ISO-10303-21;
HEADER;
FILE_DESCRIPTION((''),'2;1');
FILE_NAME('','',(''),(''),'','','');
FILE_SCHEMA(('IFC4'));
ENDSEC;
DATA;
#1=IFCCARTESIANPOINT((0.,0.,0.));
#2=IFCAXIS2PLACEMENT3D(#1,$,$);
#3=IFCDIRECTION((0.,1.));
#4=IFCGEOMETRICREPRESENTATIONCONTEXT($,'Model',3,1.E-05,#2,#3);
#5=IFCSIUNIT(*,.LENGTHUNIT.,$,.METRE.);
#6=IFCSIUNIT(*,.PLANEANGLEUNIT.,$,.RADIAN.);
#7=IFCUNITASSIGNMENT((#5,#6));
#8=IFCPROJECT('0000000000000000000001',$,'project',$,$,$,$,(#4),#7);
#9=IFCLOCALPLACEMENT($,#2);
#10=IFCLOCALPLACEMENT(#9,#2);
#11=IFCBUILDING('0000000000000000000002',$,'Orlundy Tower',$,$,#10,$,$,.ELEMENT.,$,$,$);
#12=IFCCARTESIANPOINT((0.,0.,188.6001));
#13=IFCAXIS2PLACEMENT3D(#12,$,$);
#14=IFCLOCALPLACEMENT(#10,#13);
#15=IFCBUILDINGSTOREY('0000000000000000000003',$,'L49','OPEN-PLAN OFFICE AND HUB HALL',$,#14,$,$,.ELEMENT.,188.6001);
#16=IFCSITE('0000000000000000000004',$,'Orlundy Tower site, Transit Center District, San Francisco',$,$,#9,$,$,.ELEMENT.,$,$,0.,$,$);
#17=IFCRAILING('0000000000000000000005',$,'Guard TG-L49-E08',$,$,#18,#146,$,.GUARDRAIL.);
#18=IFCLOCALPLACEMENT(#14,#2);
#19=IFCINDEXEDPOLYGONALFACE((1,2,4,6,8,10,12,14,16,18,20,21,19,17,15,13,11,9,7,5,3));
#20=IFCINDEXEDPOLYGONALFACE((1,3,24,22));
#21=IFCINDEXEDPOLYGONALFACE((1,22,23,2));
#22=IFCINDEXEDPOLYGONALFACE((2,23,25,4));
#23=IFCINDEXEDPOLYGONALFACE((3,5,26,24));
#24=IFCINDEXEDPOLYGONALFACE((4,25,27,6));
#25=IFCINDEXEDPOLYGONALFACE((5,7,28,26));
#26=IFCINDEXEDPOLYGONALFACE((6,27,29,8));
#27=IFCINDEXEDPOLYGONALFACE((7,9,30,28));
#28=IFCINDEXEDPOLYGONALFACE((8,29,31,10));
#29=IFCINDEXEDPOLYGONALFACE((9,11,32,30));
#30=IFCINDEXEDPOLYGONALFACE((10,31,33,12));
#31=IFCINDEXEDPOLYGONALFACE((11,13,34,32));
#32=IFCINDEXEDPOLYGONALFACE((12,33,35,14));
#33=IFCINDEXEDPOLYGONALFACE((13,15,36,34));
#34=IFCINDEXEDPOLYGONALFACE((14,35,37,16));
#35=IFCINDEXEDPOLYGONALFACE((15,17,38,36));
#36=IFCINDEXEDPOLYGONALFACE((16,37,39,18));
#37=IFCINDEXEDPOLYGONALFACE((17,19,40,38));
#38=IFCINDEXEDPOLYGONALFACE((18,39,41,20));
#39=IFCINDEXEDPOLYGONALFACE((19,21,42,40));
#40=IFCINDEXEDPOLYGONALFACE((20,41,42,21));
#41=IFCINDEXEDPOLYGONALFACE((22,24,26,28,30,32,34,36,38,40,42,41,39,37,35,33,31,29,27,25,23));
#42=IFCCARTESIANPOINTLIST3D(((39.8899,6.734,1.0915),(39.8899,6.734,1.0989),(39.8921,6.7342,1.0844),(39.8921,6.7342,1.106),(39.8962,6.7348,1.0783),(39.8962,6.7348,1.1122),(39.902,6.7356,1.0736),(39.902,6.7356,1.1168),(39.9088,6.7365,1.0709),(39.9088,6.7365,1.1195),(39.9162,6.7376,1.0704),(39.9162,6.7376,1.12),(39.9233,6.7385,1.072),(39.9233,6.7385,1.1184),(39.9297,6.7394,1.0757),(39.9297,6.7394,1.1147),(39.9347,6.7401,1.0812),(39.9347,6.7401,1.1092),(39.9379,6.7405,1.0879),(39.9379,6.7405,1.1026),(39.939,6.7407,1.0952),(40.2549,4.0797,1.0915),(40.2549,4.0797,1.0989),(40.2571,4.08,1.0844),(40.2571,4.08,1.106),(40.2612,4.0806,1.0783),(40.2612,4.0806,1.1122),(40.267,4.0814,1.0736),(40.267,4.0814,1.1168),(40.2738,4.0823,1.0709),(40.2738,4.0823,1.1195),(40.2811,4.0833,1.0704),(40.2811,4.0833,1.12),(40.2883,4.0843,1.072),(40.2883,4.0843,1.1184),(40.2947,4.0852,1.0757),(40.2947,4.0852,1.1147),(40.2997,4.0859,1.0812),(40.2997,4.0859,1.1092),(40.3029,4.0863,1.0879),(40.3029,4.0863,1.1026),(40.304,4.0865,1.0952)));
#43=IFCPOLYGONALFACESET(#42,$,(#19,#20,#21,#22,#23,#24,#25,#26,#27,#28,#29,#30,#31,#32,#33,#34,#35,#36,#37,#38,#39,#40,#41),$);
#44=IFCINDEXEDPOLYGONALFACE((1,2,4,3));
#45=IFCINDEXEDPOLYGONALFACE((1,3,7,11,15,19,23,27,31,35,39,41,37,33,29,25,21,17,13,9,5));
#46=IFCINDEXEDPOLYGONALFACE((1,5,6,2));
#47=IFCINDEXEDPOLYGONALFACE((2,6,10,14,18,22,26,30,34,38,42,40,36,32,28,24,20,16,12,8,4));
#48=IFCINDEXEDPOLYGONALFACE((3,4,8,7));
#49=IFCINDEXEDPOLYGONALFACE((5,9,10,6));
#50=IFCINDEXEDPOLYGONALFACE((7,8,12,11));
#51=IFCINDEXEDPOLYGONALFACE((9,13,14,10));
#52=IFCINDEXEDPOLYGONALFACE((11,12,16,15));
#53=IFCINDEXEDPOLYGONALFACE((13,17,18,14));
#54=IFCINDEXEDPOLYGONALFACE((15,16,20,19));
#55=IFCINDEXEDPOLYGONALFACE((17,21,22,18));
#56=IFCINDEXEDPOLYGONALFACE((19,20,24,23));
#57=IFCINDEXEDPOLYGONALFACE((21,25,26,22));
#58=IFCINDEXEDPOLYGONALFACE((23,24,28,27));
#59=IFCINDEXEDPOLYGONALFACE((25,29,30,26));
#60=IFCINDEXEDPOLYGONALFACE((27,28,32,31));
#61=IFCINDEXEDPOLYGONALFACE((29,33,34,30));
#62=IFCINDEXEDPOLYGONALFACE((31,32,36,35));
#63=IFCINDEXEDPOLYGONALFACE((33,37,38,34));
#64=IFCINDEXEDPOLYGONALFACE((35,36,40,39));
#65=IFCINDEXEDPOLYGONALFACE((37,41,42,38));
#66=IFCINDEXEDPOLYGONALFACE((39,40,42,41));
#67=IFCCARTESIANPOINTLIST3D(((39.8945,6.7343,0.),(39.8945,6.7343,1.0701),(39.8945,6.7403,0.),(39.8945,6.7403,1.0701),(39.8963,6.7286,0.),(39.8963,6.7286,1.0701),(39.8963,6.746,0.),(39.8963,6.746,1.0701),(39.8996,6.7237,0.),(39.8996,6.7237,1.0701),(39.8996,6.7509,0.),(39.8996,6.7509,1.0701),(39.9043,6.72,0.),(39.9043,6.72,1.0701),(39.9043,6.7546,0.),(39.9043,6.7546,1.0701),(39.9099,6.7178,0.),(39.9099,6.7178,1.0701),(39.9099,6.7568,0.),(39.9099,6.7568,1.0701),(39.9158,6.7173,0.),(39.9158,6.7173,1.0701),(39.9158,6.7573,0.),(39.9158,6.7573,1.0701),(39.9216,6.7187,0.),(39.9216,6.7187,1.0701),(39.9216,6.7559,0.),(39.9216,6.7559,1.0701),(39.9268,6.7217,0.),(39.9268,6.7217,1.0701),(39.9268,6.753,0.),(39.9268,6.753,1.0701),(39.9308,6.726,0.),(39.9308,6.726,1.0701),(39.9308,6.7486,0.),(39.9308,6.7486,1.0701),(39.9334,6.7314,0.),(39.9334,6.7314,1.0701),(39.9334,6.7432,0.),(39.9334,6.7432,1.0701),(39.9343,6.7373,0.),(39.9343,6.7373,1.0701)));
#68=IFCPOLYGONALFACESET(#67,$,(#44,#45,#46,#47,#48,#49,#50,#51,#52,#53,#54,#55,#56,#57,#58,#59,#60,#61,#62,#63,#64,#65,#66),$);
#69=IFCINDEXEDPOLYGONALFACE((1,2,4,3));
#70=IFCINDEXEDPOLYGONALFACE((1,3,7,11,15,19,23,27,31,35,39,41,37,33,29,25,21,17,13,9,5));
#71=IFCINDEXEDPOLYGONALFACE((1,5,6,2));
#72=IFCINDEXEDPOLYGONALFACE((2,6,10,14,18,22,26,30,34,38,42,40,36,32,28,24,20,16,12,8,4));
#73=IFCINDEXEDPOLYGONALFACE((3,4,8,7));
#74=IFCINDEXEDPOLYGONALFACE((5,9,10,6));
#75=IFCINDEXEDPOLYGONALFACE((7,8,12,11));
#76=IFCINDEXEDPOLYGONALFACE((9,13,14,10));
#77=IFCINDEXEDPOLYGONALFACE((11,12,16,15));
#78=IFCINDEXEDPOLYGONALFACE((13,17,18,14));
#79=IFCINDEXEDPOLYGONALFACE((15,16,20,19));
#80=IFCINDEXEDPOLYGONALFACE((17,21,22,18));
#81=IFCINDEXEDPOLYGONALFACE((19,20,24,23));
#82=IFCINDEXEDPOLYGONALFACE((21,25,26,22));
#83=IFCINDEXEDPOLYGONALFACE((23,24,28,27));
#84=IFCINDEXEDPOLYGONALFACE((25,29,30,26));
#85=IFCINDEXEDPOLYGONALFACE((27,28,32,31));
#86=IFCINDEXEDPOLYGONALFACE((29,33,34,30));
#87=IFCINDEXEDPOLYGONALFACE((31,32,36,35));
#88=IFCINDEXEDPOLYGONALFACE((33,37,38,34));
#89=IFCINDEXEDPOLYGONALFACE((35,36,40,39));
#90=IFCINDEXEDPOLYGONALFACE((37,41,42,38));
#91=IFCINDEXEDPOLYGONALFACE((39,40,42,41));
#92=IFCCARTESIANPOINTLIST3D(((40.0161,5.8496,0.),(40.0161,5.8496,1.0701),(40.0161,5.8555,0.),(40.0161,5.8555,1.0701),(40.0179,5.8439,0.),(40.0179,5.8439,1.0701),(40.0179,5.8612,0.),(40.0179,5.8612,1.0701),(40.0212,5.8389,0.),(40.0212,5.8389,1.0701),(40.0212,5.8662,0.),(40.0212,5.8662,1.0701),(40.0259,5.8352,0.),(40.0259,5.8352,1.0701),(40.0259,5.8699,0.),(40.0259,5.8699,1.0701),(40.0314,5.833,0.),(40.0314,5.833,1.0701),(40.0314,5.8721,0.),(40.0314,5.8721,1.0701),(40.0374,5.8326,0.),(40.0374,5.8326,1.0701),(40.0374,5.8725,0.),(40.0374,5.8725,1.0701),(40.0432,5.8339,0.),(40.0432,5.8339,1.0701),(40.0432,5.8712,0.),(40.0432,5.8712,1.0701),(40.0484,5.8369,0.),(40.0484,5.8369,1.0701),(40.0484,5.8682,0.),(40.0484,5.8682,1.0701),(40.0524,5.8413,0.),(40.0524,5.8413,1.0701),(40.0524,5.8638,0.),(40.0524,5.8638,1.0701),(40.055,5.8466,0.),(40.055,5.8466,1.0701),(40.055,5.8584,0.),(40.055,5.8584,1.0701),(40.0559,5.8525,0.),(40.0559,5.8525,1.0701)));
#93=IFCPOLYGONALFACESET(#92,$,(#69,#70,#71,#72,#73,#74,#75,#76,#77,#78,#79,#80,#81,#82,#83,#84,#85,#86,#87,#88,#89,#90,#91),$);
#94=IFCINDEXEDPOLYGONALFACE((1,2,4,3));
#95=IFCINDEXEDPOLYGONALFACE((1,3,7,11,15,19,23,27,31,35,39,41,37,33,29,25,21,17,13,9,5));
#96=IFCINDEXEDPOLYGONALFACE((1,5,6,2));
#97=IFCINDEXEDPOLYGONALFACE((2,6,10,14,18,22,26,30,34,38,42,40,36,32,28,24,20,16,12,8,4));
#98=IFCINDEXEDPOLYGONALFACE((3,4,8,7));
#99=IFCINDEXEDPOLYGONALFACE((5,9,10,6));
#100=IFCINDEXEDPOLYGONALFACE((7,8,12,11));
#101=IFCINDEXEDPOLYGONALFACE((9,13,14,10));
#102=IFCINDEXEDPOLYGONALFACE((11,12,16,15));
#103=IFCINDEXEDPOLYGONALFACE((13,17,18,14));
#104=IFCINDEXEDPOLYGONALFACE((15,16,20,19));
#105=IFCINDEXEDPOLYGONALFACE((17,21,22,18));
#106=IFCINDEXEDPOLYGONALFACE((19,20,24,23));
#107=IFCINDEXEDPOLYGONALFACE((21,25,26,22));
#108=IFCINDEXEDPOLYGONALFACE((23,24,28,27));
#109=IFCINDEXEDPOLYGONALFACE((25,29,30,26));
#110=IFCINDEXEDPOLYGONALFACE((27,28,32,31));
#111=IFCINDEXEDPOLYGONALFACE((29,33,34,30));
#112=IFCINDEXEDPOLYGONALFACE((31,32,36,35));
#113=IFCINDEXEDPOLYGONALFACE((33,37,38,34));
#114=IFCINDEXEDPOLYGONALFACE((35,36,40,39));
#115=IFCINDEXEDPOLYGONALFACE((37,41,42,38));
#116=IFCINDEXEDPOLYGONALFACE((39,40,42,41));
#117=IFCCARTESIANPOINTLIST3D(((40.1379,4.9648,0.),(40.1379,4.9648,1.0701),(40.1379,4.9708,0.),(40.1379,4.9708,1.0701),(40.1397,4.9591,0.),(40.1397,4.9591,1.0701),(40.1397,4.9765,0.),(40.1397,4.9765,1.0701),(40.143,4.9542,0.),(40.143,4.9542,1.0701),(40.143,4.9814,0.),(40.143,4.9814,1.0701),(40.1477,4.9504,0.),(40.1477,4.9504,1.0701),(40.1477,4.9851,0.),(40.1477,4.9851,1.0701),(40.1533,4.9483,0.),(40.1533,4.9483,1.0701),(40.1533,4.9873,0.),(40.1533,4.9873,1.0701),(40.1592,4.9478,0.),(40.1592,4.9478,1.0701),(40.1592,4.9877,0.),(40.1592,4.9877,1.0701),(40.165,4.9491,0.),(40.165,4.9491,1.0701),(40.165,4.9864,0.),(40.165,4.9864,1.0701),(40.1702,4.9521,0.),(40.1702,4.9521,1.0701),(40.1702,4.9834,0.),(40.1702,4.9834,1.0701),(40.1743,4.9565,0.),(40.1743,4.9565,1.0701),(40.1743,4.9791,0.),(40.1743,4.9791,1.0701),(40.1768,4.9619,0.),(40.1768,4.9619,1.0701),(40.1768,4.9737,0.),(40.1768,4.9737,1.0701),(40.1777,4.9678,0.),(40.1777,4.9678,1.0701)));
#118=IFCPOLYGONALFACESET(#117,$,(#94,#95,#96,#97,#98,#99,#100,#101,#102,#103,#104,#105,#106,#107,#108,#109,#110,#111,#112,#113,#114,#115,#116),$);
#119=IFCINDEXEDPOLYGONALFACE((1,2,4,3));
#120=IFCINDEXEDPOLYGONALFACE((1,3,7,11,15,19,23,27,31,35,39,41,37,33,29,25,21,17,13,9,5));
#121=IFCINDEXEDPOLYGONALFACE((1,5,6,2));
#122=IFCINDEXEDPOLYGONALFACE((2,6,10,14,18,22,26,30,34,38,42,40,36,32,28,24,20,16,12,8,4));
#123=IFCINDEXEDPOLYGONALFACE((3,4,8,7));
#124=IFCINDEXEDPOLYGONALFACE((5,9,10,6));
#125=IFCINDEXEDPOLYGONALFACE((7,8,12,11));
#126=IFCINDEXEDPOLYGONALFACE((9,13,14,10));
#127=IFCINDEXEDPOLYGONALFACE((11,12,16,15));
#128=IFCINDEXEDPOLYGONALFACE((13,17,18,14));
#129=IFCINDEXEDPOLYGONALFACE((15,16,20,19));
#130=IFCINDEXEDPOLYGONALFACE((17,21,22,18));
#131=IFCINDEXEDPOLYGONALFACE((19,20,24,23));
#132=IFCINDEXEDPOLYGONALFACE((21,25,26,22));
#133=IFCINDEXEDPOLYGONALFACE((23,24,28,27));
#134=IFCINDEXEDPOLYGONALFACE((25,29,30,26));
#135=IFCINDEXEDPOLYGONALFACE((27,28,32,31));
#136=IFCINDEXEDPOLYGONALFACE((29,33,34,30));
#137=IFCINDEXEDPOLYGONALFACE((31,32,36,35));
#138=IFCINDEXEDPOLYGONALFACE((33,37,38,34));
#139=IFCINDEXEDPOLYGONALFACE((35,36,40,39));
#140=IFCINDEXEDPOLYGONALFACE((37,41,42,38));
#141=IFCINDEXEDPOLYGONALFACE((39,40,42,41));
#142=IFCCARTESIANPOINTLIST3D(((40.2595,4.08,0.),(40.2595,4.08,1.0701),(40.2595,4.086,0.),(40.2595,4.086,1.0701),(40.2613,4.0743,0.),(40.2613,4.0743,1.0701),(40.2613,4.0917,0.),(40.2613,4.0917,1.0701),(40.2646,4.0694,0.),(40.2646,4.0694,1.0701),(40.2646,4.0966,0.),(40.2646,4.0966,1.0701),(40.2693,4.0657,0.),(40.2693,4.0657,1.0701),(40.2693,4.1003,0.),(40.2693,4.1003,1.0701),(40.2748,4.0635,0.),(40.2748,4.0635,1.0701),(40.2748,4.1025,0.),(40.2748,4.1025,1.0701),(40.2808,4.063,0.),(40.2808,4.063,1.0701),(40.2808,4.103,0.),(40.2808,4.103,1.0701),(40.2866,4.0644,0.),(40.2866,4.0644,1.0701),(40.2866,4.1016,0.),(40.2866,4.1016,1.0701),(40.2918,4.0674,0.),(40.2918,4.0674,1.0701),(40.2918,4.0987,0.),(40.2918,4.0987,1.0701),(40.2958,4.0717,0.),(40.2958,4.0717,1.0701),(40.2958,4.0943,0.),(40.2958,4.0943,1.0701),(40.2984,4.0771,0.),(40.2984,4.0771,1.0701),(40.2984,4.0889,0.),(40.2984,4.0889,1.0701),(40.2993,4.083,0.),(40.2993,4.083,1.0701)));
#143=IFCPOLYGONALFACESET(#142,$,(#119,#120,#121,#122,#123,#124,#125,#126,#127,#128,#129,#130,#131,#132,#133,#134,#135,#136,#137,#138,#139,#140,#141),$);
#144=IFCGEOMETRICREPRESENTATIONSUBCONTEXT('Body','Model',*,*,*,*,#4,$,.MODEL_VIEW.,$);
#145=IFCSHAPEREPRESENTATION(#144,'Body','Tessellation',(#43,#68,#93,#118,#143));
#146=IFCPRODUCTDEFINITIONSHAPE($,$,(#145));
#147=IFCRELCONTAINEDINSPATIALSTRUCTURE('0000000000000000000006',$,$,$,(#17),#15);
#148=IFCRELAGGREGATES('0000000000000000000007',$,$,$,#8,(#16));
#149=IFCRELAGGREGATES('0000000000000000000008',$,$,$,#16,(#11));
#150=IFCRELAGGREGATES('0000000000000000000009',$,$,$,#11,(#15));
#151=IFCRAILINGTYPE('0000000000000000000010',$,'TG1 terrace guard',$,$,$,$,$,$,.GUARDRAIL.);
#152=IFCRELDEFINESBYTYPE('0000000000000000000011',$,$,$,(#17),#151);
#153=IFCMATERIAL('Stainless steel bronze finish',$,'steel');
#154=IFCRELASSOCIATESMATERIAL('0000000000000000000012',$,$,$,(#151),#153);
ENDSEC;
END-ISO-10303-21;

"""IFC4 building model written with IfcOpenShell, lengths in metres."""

from ifc_helpers import new_model, si_unit, direction, frame, origin, origin_2d, place, context, subcontext, project, spatial, circle, extrude, material, type_object, element, save


model = new_model("IFC4")

# Units and contexts
model_context = context("Model", 3, precision=1e-05, world=origin(), true_north=direction((0.0, 1.0)))
body_context = subcontext(model_context, "Body", "Model", "MODEL_VIEW")
ifc_project = project(units=[si_unit("LENGTHUNIT", "METRE"), si_unit("PLANEANGLEUNIT", "RADIAN")], contexts=[model_context])

# Site, building, storey
site_placement = place(None, origin())
site = spatial("IfcSite", under=ifc_project, at=site_placement, Name="Orlundy Tower site, Transit Center District, San Francisco", CompositionType="ELEMENT", RefElevation=0.0)
building_placement = place(site_placement, origin())
building = spatial("IfcBuilding", under=site, at=building_placement, Name="Orlundy Tower", CompositionType="ELEMENT")
storey_placement = place(building_placement, frame((0.0, 0.0, 188.6001)))
storey = spatial("IfcBuildingStorey", under=building, at=storey_placement, Name="L49", Description="OPEN-PLAN OFFICE AND HUB HALL", CompositionType="ELEMENT", Elevation=188.6001)

# Railing
ifc_material_1 = material(Name="Stainless steel bronze finish", Category="steel")
railing_type = type_object("IfcRailingType", Name="TG1 terrace guard", PredefinedType="GUARDRAIL", material=ifc_material_1)
railing_1_placement = place(storey_placement, frame((39.9143, 6.7373, 0.0)))
element("IfcRailing", 1, at=railing_1_placement, inside=storey, type_object=railing_type, Name="Guard TG-L49-E08", PredefinedType="GUARDRAIL", context=body_context, shape_type="SweptSolid", body=[
    extrude(circle(Radius=0.0249, at=origin_2d()), frame((0.0, 0.0, 1.0952), z_axis=(0.136227, -0.990678, 0.0), x_axis=(0.990678, 0.136227, 0.0)), (0.0, 0.0, 1.0), 2.6792),
    extrude(circle(Radius=0.02, at=origin_2d()), origin(), (0.0, 0.0, 1.0), 1.0701),
    extrude(circle(Radius=0.02, at=origin_2d()), frame((0.1216, -0.8848, 0.0)), (0.0, 0.0, 1.0), 1.0701),
    extrude(circle(Radius=0.02, at=origin_2d()), frame((0.2434, -1.7695, 0.0)), (0.0, 0.0, 1.0), 1.0701),
    extrude(circle(Radius=0.02, at=origin_2d()), frame((0.365, -2.6543, 0.0)), (0.0, 0.0, 1.0), 1.0701),
])

save(model, "model.ifc")
